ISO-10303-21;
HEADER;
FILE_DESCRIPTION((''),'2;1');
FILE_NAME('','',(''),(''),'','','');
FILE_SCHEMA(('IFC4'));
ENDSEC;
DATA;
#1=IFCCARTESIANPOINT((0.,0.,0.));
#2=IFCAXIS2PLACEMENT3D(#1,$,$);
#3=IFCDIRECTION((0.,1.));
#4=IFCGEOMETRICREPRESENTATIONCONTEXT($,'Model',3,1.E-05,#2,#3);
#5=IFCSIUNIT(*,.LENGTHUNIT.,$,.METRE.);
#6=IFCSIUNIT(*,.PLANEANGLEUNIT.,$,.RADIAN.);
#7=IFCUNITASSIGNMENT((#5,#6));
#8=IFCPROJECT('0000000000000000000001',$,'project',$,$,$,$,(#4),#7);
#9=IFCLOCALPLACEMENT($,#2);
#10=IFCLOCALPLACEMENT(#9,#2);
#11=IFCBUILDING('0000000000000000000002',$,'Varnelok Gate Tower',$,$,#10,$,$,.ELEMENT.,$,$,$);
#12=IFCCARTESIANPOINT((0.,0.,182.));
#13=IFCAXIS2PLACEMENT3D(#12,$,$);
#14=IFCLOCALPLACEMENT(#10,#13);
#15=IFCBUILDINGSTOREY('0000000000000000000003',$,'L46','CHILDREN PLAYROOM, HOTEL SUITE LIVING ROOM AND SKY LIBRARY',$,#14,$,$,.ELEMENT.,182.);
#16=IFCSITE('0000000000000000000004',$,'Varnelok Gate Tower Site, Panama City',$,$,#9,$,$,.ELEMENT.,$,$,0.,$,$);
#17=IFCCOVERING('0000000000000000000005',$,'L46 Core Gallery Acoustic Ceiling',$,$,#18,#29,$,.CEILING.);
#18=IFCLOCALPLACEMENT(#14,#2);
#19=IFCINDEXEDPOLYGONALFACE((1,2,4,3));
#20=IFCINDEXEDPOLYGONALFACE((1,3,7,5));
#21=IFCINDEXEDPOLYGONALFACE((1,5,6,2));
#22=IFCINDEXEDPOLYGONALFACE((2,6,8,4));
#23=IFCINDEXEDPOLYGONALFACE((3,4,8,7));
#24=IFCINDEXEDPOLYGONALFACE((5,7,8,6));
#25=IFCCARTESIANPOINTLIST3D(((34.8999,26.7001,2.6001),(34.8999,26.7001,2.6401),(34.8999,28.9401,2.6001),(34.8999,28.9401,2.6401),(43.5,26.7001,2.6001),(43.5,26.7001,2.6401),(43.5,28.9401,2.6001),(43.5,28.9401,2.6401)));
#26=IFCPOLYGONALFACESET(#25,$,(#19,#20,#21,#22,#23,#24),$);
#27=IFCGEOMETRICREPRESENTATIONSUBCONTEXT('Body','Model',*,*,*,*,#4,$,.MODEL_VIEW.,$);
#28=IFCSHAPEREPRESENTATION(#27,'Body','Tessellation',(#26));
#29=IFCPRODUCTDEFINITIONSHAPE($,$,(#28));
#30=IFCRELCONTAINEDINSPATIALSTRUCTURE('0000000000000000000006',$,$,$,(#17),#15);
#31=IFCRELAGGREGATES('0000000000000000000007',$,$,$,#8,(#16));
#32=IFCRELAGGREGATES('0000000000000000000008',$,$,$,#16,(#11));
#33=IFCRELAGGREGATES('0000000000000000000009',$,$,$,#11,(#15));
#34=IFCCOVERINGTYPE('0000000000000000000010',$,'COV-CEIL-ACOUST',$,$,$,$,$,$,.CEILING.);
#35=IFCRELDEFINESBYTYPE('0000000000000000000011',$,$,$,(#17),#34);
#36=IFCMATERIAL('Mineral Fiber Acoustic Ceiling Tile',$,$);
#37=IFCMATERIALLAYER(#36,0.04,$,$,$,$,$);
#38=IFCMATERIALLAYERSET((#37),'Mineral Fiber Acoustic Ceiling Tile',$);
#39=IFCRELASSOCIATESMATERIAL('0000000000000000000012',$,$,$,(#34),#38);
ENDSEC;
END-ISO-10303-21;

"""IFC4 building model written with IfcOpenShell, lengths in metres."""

from ifc_helpers import new_model, si_unit, direction, frame, origin, origin_2d, place, context, subcontext, project, spatial, rectangle, extrude, source, transform, mapped, material, layer, layer_set, type_object, element, save


model = new_model("IFC4")

# Units and contexts
model_context = context("Model", 3, precision=1e-05, world=origin(), true_north=direction((0.0, 1.0)))
body_context = subcontext(model_context, "Body", "Model", "MODEL_VIEW")
ifc_project = project(units=[si_unit("LENGTHUNIT", "METRE"), si_unit("PLANEANGLEUNIT", "RADIAN")], contexts=[model_context])

# Site, building, storey
site_placement = place(None, origin())
site = spatial("IfcSite", under=ifc_project, at=site_placement, Name="Varnelok Gate Tower Site, Panama City", CompositionType="ELEMENT", RefElevation=0.0)
building_placement = place(site_placement, origin())
building = spatial("IfcBuilding", under=site, at=building_placement, Name="Varnelok Gate Tower", CompositionType="ELEMENT")
storey_placement = place(building_placement, frame((0.0, 0.0, 182.0)))
storey = spatial("IfcBuildingStorey", under=building, at=storey_placement, Name="L46", Description="CHILDREN PLAYROOM, HOTEL SUITE LIVING ROOM AND SKY LIBRARY", CompositionType="ELEMENT", Elevation=182.0)

# Covering
ifc_material_1 = material(Name="Mineral Fiber Acoustic Ceiling Tile")
ifc_layer_1 = layer(ifc_material_1, 0.04)
ifc_layer_set_1 = layer_set([ifc_layer_1], Name="Mineral Fiber Acoustic Ceiling Tile")
covering_type_1 = type_object("IfcCoveringType", Name="COV-CEIL-ACOUST", PredefinedType="CEILING", material=ifc_layer_set_1)
shared_shape_1 = source(origin(), body_context, "Body", "SweptSolid", [
    extrude(rectangle(XDim=8.6001, YDim=2.24, at=origin_2d()), origin(), (0.0, 0.0, 1.0), 0.04),
])
covering_1_placement = place(storey_placement, frame((39.2, 27.8201, 2.6001), z_axis=(0.0, 0.0, 1.0), x_axis=(1.0, 0.0, 0.0)))
element("IfcCovering", 1, at=covering_1_placement, inside=storey, type_object=covering_type_1, Name="L46 Core Gallery Acoustic Ceiling", PredefinedType="CEILING", context=body_context, shape_type="MappedRepresentation", body=[
    mapped(shared_shape_1, transform((0.0, 0.0, 0.0), scale=1.0)),
])

save(model, "model.ifc")
